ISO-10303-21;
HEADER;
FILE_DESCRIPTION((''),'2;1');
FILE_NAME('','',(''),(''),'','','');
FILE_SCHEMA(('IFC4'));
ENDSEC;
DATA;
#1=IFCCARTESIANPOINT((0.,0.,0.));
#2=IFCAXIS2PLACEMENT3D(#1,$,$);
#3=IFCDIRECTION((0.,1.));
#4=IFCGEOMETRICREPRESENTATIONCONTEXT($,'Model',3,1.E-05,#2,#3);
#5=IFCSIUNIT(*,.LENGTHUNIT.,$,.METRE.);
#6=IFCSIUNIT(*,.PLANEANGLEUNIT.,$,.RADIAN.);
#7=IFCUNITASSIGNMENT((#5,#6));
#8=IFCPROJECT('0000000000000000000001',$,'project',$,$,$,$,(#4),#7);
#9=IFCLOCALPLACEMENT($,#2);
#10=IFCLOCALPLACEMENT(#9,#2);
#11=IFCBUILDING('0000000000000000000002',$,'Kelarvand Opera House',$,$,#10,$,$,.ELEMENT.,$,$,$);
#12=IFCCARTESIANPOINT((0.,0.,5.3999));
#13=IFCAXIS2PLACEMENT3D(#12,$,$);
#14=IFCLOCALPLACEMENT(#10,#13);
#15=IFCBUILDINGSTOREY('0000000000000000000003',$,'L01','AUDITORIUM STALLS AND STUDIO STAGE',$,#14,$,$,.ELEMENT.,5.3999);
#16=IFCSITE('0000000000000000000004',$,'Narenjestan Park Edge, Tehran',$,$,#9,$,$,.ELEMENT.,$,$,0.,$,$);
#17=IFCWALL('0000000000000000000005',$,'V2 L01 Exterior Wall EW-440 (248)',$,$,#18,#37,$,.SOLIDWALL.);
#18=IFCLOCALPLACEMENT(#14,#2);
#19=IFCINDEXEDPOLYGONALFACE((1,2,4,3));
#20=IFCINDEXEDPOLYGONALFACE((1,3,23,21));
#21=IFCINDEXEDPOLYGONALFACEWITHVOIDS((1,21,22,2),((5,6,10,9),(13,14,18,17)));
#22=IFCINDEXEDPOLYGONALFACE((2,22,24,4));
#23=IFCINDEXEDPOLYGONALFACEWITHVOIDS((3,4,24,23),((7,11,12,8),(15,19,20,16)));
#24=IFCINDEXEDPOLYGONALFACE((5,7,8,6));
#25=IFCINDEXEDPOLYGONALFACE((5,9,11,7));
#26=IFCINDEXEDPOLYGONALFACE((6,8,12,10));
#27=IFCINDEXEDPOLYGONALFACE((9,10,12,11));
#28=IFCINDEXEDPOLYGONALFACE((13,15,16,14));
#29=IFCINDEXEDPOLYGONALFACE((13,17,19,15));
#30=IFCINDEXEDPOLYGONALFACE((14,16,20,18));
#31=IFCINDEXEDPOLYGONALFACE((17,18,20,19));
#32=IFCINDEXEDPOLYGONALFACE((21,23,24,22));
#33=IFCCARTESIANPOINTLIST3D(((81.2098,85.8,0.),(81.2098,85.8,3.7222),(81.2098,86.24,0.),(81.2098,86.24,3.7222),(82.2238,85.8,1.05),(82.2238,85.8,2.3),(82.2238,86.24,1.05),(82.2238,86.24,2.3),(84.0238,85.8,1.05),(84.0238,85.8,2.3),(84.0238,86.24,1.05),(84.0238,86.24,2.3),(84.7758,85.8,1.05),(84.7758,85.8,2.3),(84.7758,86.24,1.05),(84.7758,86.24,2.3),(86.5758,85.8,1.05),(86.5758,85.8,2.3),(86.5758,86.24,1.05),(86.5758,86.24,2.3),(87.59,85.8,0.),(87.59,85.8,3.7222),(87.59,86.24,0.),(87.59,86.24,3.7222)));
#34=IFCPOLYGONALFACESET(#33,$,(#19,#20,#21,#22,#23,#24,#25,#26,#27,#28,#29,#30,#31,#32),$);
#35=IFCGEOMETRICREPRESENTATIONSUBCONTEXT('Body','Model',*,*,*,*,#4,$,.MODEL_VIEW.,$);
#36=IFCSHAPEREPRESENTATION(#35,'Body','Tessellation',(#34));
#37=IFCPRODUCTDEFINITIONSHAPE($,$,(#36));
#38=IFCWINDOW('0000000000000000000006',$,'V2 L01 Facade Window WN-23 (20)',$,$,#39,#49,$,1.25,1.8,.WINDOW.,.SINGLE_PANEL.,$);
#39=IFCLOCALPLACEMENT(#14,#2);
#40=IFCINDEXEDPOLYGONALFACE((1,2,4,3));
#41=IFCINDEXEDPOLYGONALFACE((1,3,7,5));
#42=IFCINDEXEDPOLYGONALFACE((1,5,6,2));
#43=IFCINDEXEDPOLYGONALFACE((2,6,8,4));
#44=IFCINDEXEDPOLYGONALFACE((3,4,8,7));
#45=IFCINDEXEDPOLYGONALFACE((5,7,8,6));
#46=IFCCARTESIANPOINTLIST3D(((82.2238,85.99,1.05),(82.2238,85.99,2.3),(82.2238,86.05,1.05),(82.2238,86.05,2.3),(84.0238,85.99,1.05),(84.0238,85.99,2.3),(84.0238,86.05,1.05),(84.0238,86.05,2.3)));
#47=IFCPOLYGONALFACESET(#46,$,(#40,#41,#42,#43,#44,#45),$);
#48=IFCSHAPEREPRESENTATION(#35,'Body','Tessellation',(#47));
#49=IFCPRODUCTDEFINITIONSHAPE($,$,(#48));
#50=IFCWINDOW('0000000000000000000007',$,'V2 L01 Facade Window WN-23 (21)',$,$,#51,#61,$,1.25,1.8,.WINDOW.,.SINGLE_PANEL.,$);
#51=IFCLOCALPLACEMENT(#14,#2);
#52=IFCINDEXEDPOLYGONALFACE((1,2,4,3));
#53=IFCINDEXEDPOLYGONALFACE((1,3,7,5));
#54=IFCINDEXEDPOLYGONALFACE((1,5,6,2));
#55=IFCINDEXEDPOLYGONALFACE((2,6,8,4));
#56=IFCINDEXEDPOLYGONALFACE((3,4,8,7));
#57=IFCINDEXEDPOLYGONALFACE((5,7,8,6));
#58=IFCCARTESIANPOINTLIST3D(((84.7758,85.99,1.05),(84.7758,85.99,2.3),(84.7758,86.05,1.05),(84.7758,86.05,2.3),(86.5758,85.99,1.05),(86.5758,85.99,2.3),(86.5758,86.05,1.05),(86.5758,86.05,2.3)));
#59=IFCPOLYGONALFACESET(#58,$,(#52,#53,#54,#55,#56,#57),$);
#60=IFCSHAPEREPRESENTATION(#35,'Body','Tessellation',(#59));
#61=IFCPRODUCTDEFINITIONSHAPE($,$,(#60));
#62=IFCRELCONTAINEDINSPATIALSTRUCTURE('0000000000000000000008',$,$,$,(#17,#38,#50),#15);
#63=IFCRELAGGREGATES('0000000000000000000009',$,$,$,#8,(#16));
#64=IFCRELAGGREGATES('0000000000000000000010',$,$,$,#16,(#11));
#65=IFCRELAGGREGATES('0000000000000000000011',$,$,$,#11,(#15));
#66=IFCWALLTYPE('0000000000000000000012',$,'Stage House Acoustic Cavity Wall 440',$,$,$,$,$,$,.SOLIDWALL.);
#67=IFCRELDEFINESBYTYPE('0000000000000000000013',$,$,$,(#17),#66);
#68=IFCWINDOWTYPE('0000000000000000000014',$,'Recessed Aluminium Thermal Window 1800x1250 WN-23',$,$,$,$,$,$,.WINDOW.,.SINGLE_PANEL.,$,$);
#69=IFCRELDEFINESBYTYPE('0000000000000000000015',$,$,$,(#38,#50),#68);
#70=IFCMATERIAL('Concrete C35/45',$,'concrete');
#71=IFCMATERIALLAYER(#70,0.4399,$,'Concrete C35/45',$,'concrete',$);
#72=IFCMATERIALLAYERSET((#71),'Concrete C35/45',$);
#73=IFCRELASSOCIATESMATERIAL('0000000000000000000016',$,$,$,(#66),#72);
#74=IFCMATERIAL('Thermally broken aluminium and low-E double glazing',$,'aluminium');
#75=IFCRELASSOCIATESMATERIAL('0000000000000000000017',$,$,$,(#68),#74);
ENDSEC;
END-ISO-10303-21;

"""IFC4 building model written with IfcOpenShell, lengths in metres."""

from ifc_helpers import new_model, si_unit, direction, frame, frame_2d, origin, place, context, subcontext, project, spatial, rectangle, extrude, material, layer, layer_set, type_object, element, fill, save


model = new_model("IFC4")

# Units and contexts
model_context = context("Model", 3, precision=1e-05, world=origin(), true_north=direction((0.0, 1.0)))
body_context = subcontext(model_context, "Body", "Model", "MODEL_VIEW")
ifc_project = project(units=[si_unit("LENGTHUNIT", "METRE"), si_unit("PLANEANGLEUNIT", "RADIAN")], contexts=[model_context])

# Site, building, storey
site_placement = place(None, origin())
site = spatial("IfcSite", under=ifc_project, at=site_placement, Name="Narenjestan Park Edge, Tehran", CompositionType="ELEMENT", RefElevation=0.0)
building_placement = place(site_placement, origin())
building = spatial("IfcBuilding", under=site, at=building_placement, Name="Kelarvand Opera House", CompositionType="ELEMENT")
storey_placement = place(building_placement, frame((0.0, 0.0, 5.3999)))
storey = spatial("IfcBuildingStorey", under=building, at=storey_placement, Name="L01", Description="AUDITORIUM STALLS AND STUDIO STAGE", CompositionType="ELEMENT", Elevation=5.3999)

# Shared definitions
ifc_material_1 = material(Name="Concrete C35/45", Category="concrete")

# Wall, openings, windows
ifc_layer_1 = layer(ifc_material_1, 0.4399, Name="Concrete C35/45", Category="concrete")
ifc_layer_set_1 = layer_set([ifc_layer_1], Name="Concrete C35/45")
wall_type_1 = type_object("IfcWallType", Name="Stage House Acoustic Cavity Wall 440", PredefinedType="SOLIDWALL", material=ifc_layer_set_1)
wall_1_placement = place(storey_placement, frame((81.21, 86.02, 0.0), z_axis=(0.0, 0.0, 1.0), x_axis=(1.0, 0.0, 0.0)))
wall_1 = element("IfcWall", 1, at=wall_1_placement, inside=storey, type_object=wall_type_1, Name="V2 L01 Exterior Wall EW-440 (248)", PredefinedType="SOLIDWALL", context=body_context, shape_type="SweptSolid", body=[
    extrude(rectangle(XDim=6.3801, YDim=0.4399, at=frame_2d((3.1899, 0.0))), origin(), (0.0, 0.0, 1.0), 3.7222),
])
opening_1_placement = place(wall_1_placement, frame((1.0139, 0.0, 1.05)))
opening_1 = element("IfcOpeningElement", 2, at=opening_1_placement, cuts=wall_1, PredefinedType="OPENING", context=body_context, shape_type="SweptSolid", body=[
    extrude(rectangle(XDim=1.8, YDim=1.25, at=frame_2d((0.8999, 0.625))), frame((0.0, 0.23, 0.0), z_axis=(0.0, -1.0, 0.0), x_axis=(1.0, 0.0, 0.0)), (0.0, 0.0, 1.0), 0.46),
])
opening_2_placement = place(wall_1_placement, frame((3.5659, 0.0, 1.05)))
opening_2 = element("IfcOpeningElement", 3, at=opening_2_placement, cuts=wall_1, PredefinedType="OPENING", context=body_context, shape_type="SweptSolid", body=[
    extrude(rectangle(XDim=1.8, YDim=1.25, at=frame_2d((0.8999, 0.625))), frame((0.0, 0.23, 0.0), z_axis=(0.0, -1.0, 0.0), x_axis=(1.0, 0.0, 0.0)), (0.0, 0.0, 1.0), 0.46),
])
ifc_material_2 = material(Name="Thermally broken aluminium and low-E double glazing", Category="aluminium")
window_type = type_object("IfcWindowType", Name="Recessed Aluminium Thermal Window 1800x1250 WN-23", PartitioningType="SINGLE_PANEL", PredefinedType="WINDOW", material=ifc_material_2)
window_1_placement = place(opening_1_placement, origin())
window_1 = element("IfcWindow", 4, at=window_1_placement, inside=storey, type_object=window_type, Name="V2 L01 Facade Window WN-23 (20)", OverallHeight=1.25, OverallWidth=1.8, PartitioningType="SINGLE_PANEL", PredefinedType="WINDOW", context=body_context, shape_type="SweptSolid", body=[
    extrude(rectangle(XDim=1.8, YDim=1.25, at=frame_2d((0.8999, 0.625))), frame((0.0, 0.03, 0.0), z_axis=(0.0, -1.0, 0.0), x_axis=(1.0, 0.0, 0.0)), (0.0, 0.0, 1.0), 0.0601),
])
fill(opening_1, window_1)
window_2_placement = place(opening_2_placement, origin())
window_2 = element("IfcWindow", 5, at=window_2_placement, inside=storey, type_object=window_type, Name="V2 L01 Facade Window WN-23 (21)", OverallHeight=1.25, OverallWidth=1.8, PartitioningType="SINGLE_PANEL", PredefinedType="WINDOW", context=body_context, shape_type="SweptSolid", body=[
    extrude(rectangle(XDim=1.8, YDim=1.25, at=frame_2d((0.8999, 0.625))), frame((0.0, 0.03, 0.0), z_axis=(0.0, -1.0, 0.0), x_axis=(1.0, 0.0, 0.0)), (0.0, 0.0, 1.0), 0.0601),
])
fill(opening_2, window_2)

save(model, "model.ifc")
